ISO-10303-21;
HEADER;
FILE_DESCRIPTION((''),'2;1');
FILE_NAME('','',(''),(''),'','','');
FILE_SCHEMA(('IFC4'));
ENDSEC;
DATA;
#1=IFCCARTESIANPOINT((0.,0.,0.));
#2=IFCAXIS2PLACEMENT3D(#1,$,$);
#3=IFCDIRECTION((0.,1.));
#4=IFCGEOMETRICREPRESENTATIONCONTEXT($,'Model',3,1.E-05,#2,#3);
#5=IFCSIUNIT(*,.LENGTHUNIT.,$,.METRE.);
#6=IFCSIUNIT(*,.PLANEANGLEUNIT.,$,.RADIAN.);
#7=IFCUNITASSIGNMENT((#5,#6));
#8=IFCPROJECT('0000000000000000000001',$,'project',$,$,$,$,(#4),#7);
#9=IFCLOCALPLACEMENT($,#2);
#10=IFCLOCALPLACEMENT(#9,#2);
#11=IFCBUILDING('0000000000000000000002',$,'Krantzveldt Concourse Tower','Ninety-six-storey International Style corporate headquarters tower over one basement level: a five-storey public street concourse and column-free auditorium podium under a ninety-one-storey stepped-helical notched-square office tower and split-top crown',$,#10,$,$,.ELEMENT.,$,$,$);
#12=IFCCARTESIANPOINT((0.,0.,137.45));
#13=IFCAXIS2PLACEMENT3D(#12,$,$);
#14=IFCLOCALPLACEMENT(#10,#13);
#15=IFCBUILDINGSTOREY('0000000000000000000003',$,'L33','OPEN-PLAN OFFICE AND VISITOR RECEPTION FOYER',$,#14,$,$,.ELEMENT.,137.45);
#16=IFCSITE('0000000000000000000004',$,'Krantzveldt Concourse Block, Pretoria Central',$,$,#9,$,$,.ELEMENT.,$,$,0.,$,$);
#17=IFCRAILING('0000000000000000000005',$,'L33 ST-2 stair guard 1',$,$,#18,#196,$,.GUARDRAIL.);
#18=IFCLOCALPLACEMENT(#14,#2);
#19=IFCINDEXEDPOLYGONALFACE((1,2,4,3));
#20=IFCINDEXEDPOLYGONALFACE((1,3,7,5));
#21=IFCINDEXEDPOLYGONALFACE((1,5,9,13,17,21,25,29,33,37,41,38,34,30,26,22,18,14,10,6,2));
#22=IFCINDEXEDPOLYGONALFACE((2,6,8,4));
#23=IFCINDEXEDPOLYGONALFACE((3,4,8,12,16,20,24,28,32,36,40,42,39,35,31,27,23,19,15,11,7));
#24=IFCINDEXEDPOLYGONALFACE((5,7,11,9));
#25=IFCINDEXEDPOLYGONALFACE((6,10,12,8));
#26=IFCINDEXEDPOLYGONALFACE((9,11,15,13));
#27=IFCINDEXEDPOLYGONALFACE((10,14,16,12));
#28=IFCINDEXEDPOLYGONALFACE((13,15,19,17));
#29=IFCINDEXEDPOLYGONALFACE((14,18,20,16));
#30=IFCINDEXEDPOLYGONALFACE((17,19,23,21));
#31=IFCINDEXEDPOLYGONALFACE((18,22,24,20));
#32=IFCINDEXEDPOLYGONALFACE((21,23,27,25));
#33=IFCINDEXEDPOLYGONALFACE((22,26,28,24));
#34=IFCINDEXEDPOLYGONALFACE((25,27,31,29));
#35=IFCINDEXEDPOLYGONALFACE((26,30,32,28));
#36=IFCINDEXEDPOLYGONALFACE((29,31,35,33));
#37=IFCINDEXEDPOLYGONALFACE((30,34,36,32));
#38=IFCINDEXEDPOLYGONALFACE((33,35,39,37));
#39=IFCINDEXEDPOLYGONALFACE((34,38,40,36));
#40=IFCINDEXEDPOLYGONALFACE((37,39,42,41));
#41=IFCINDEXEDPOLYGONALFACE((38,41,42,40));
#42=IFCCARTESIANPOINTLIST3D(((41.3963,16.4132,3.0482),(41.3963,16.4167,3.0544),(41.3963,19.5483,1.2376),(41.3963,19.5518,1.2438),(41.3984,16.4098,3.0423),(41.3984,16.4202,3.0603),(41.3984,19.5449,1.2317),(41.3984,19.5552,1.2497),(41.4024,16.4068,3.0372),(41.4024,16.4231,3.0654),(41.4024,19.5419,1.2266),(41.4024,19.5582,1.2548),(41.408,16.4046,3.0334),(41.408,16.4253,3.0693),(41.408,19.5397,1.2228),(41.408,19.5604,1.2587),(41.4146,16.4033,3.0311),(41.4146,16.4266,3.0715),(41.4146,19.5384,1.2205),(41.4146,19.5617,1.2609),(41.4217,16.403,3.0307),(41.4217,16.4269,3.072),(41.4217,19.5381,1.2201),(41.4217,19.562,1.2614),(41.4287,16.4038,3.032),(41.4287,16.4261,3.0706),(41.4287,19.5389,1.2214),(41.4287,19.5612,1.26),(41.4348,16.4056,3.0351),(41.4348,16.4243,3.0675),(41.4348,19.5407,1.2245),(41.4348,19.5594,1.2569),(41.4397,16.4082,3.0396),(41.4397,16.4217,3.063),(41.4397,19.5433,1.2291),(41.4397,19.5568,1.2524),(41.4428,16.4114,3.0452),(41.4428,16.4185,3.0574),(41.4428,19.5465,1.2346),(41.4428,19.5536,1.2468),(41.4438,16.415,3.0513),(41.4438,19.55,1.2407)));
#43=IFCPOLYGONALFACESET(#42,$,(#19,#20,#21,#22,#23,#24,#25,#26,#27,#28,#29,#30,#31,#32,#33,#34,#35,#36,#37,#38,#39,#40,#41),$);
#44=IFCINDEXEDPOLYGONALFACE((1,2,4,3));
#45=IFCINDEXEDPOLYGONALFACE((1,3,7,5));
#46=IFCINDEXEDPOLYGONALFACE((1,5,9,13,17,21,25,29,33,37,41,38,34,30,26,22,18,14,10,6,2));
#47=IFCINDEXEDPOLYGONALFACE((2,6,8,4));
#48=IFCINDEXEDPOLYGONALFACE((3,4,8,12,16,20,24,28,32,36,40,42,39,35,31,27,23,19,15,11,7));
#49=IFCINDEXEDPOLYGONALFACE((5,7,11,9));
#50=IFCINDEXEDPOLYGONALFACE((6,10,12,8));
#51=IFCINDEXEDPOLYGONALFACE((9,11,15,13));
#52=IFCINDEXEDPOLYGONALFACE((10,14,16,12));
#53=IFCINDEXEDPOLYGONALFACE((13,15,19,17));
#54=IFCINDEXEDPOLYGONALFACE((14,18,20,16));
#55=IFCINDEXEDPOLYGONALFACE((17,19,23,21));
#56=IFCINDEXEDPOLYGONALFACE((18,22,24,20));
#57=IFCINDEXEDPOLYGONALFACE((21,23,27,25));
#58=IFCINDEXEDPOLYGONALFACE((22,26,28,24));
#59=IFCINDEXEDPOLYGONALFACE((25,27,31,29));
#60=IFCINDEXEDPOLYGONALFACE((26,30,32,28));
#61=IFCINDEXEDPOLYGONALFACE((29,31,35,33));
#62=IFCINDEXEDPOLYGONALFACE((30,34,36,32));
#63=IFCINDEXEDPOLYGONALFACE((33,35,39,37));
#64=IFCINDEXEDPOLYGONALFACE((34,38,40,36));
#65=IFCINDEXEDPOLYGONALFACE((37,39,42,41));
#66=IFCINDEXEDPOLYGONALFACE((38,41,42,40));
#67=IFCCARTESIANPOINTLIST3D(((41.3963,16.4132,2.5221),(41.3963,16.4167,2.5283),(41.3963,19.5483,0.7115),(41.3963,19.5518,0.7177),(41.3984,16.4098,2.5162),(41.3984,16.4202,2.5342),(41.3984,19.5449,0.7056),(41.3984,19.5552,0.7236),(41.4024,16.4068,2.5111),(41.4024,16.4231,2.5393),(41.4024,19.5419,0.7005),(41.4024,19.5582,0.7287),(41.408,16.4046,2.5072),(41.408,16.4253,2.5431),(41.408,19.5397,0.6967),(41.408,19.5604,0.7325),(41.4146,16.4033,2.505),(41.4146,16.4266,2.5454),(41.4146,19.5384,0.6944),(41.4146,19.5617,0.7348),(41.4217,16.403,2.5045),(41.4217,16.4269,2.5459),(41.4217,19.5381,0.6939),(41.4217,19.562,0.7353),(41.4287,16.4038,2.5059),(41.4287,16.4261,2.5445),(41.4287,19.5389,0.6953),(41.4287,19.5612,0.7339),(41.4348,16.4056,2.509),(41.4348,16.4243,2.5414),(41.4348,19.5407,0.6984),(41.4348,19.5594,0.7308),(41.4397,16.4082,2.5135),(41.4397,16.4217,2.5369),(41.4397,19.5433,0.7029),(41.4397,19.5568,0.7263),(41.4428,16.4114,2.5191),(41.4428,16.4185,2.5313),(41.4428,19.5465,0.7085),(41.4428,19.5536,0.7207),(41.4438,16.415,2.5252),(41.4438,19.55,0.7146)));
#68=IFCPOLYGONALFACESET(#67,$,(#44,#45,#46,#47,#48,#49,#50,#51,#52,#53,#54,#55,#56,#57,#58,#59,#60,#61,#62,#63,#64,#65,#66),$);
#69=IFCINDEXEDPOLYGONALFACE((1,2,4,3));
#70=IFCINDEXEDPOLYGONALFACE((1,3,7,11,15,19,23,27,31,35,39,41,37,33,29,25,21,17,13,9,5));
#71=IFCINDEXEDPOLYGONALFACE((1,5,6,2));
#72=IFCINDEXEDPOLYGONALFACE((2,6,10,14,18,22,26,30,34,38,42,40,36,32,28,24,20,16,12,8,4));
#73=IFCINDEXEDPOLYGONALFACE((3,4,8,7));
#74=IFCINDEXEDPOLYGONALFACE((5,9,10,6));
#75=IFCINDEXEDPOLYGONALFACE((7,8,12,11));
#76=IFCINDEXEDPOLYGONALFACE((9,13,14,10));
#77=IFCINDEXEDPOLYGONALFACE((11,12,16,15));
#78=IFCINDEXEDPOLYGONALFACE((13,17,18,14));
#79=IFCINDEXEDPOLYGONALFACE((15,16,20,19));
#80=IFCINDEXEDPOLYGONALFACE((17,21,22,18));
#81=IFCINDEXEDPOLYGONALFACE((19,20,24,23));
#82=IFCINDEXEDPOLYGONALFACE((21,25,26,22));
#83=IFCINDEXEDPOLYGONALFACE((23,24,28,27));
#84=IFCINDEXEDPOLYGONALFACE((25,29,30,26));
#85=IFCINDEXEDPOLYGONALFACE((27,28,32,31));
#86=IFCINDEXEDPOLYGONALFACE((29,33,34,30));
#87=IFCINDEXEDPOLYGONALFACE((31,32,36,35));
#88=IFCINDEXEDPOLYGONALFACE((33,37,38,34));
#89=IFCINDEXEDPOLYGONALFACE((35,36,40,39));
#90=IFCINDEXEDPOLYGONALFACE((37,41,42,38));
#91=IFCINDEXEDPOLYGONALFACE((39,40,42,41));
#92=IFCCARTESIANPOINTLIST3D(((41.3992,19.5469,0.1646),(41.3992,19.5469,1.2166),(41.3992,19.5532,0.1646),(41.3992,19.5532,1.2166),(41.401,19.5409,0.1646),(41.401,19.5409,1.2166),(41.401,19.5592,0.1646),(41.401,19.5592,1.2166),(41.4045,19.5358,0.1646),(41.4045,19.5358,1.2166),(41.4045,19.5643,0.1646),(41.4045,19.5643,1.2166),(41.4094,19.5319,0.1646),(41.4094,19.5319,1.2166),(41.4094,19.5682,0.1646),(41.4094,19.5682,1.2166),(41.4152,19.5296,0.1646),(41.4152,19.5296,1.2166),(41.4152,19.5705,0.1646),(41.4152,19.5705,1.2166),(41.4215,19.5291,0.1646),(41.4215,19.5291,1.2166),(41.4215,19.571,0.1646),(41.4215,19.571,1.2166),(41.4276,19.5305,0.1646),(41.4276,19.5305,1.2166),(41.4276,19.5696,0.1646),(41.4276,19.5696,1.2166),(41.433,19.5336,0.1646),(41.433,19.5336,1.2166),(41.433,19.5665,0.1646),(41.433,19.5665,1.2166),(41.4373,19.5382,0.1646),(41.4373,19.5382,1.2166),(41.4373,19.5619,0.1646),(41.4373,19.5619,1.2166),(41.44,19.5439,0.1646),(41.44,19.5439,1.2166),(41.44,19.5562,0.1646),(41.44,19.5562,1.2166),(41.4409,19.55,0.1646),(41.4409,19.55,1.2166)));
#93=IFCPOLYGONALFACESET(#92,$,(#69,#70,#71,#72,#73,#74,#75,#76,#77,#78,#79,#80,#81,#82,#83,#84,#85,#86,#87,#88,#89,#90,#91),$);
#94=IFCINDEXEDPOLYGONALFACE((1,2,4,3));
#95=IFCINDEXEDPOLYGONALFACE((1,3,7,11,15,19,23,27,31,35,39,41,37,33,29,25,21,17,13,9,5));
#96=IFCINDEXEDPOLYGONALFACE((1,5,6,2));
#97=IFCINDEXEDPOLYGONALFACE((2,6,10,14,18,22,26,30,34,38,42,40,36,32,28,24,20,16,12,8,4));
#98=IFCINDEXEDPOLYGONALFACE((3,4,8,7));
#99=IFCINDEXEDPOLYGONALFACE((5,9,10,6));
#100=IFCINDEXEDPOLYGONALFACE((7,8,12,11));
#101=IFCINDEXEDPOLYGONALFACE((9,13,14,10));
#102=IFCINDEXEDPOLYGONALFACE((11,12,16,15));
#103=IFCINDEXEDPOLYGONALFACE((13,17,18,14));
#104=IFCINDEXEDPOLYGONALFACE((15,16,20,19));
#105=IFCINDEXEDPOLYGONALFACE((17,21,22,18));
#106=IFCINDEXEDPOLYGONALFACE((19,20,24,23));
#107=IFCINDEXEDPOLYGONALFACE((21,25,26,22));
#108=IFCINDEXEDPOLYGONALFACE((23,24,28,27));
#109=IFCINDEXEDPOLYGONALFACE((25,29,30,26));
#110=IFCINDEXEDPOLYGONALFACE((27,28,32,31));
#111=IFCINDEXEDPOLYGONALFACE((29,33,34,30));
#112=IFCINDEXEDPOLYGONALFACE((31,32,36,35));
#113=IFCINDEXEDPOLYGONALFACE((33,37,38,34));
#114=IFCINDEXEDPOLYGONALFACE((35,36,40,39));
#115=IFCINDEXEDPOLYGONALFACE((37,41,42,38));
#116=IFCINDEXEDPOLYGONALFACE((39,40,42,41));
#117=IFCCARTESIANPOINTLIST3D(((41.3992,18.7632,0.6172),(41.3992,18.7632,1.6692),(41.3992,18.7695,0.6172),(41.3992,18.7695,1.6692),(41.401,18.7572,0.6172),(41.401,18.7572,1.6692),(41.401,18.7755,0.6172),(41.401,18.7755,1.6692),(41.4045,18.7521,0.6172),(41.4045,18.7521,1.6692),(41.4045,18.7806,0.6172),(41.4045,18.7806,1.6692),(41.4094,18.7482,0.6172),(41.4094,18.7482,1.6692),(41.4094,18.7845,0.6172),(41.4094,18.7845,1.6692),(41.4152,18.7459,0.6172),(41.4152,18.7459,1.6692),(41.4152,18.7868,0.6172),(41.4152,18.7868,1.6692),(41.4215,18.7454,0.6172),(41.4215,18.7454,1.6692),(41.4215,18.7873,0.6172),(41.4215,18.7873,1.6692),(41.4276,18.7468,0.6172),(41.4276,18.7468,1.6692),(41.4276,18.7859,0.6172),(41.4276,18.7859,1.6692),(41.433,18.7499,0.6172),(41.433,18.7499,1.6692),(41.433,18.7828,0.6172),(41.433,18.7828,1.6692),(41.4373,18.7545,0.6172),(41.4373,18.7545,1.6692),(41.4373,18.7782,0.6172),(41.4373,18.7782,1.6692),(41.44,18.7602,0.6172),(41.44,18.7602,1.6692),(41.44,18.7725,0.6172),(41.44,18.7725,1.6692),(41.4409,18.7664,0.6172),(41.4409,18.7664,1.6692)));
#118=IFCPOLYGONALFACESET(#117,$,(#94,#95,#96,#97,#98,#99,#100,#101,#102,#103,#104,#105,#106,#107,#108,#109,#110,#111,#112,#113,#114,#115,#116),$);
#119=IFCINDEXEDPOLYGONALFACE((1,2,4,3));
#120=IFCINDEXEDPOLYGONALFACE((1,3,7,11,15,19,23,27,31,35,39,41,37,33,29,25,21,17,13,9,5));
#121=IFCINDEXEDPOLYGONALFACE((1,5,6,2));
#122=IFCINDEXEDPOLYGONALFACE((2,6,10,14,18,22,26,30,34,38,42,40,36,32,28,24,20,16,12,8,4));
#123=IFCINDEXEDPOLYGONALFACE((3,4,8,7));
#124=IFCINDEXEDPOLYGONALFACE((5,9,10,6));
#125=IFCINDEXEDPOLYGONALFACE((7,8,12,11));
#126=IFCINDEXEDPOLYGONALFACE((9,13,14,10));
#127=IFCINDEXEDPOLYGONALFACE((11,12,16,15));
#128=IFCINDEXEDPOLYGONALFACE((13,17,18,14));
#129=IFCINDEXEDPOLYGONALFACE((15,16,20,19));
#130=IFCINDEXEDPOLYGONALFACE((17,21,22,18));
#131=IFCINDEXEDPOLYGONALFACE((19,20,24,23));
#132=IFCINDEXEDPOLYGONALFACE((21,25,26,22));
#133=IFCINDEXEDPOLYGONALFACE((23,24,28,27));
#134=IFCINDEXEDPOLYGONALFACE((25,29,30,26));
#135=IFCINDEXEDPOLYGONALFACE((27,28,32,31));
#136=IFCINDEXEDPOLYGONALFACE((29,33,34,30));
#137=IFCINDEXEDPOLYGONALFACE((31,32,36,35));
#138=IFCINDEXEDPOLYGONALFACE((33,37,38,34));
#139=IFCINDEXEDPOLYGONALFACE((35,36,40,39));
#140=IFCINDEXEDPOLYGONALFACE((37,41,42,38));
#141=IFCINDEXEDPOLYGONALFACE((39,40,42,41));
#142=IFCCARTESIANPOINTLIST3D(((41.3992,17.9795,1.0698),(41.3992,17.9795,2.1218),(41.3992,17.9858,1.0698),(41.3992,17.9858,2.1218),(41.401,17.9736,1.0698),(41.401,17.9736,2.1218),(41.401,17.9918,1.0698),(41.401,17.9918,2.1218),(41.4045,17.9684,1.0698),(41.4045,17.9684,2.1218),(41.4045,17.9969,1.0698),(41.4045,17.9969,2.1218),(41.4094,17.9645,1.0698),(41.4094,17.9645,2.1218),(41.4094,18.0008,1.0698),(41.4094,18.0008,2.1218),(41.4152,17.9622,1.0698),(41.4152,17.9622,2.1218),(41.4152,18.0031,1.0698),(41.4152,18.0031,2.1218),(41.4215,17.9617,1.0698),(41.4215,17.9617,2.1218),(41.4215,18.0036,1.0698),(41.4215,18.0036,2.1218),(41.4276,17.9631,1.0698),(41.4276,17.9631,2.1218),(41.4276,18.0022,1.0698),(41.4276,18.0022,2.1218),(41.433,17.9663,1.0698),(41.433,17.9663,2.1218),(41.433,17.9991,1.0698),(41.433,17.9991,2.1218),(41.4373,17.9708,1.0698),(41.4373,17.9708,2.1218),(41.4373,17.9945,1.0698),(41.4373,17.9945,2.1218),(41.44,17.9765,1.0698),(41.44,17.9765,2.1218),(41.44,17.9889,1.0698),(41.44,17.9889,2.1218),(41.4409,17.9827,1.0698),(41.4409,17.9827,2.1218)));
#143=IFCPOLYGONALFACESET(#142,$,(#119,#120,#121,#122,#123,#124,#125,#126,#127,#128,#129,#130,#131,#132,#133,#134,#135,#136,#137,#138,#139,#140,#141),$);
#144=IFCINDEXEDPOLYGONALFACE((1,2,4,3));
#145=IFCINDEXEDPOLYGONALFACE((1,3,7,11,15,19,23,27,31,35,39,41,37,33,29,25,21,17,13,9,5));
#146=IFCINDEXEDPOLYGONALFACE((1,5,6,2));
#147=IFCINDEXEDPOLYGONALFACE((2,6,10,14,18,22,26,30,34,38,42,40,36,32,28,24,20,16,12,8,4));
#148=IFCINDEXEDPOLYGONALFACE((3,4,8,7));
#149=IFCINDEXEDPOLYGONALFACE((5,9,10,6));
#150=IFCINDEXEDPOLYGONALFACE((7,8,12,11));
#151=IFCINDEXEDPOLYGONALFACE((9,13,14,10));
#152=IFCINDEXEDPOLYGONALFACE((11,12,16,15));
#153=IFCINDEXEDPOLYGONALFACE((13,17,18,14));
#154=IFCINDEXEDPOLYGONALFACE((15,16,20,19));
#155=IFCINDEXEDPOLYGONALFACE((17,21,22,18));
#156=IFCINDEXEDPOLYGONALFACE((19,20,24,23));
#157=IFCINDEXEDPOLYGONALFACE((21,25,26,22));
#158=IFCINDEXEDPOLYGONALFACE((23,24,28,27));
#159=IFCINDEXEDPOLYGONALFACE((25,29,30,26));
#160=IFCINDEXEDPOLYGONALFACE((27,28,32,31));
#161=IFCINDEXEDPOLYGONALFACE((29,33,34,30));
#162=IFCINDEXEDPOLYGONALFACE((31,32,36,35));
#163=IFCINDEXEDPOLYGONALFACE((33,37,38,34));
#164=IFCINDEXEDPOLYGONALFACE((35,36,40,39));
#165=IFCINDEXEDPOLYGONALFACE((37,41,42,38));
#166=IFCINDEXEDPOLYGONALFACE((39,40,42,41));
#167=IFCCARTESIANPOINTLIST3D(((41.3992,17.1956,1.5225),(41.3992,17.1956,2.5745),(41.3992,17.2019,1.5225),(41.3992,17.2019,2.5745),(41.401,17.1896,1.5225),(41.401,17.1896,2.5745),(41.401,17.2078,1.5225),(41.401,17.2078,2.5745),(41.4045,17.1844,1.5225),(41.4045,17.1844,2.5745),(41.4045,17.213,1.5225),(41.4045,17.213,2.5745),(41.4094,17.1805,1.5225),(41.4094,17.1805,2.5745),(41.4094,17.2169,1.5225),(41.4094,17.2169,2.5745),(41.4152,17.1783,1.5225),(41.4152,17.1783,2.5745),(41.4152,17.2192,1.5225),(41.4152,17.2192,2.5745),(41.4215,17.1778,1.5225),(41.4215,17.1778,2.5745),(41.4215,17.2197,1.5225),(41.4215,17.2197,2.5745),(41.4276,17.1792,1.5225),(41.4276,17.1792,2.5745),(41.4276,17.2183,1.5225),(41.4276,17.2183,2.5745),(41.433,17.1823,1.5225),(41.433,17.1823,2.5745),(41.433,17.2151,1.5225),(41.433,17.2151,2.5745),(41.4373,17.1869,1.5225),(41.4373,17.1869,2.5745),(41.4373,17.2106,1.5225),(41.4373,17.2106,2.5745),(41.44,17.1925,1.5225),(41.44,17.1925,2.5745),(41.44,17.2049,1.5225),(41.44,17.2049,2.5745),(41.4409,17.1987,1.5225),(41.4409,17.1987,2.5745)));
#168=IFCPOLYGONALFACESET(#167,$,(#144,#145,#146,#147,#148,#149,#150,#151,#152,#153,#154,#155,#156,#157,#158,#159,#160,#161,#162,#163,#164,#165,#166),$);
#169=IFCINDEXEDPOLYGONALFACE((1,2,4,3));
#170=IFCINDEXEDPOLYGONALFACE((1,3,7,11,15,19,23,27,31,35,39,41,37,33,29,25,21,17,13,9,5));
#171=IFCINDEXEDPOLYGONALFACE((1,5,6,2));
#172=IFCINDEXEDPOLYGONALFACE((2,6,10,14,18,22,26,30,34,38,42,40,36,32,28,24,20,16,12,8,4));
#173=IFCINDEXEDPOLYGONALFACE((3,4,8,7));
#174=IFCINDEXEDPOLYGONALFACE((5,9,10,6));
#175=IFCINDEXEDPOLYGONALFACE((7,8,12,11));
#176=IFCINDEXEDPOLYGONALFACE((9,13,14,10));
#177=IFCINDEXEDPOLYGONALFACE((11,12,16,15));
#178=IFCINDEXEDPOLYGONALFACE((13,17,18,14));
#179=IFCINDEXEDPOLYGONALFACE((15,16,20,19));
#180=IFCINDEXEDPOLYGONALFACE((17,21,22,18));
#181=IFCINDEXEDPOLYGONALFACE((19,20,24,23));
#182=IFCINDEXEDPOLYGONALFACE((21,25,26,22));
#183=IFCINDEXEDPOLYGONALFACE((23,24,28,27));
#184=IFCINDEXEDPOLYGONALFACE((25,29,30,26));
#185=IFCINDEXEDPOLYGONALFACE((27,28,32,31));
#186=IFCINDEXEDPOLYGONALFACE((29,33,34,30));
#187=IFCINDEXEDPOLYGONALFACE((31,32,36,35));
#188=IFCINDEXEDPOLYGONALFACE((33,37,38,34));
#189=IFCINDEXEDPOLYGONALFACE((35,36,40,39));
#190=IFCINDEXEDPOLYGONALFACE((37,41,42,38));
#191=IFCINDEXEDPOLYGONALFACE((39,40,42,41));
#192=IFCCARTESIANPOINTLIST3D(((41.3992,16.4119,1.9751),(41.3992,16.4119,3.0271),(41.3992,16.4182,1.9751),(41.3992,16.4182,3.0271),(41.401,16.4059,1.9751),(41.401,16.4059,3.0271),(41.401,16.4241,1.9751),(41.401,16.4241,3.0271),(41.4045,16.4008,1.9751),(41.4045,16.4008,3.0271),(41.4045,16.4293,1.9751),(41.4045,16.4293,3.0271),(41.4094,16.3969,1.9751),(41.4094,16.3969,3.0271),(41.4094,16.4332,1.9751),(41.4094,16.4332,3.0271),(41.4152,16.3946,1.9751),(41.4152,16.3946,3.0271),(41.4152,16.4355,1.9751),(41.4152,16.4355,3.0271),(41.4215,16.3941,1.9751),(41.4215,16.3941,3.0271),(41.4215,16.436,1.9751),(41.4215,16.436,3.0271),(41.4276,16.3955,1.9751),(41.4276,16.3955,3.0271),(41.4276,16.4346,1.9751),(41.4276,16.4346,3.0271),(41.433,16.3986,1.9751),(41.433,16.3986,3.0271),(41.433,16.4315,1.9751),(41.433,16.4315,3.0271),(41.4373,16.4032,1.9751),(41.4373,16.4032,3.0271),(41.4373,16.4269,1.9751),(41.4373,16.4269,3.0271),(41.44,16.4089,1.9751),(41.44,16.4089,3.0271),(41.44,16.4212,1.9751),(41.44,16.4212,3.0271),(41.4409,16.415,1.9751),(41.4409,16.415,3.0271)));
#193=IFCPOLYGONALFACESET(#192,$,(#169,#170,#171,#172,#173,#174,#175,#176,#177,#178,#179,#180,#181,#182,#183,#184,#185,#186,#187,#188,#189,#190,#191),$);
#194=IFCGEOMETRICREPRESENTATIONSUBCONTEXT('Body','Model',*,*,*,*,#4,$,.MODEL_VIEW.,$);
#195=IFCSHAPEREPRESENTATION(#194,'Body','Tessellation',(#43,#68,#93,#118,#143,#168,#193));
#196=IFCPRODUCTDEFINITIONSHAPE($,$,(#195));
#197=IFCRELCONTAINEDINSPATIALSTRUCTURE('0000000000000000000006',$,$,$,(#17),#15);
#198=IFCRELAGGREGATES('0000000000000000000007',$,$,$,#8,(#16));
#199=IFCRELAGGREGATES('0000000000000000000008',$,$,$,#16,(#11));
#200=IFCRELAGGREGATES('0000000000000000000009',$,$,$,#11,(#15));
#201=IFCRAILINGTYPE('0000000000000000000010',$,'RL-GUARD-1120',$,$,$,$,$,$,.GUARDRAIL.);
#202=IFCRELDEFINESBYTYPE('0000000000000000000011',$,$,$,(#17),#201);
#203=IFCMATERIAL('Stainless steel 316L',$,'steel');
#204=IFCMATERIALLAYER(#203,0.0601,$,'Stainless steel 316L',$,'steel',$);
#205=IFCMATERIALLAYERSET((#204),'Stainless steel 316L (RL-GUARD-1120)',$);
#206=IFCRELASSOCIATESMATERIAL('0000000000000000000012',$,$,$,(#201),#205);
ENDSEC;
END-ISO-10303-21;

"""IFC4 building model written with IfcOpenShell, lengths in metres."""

from ifc_helpers import new_model, si_unit, direction, frame, origin, origin_2d, place, context, subcontext, project, spatial, circle, extrude, material, layer, layer_set, type_object, element, save


model = new_model("IFC4")

# Units and contexts
model_context = context("Model", 3, precision=1e-05, world=origin(), true_north=direction((0.0, 1.0)))
body_context = subcontext(model_context, "Body", "Model", "MODEL_VIEW")
ifc_project = project(units=[si_unit("LENGTHUNIT", "METRE"), si_unit("PLANEANGLEUNIT", "RADIAN")], contexts=[model_context])

# Site, building, storey
site_placement = place(None, origin())
site = spatial("IfcSite", under=ifc_project, at=site_placement, Name="Krantzveldt Concourse Block, Pretoria Central", CompositionType="ELEMENT", RefElevation=0.0)
building_placement = place(site_placement, origin())
building = spatial("IfcBuilding", under=site, at=building_placement, Name="Krantzveldt Concourse Tower", Description="Ninety-six-storey International Style corporate headquarters tower over one basement level: a five-storey public street concourse and column-free auditorium podium under a ninety-one-storey stepped-helical notched-square office tower and split-top crown", CompositionType="ELEMENT")
storey_placement = place(building_placement, frame((0.0, 0.0, 137.45)))
storey = spatial("IfcBuildingStorey", under=building, at=storey_placement, Name="L33", Description="OPEN-PLAN OFFICE AND VISITOR RECEPTION FOYER", CompositionType="ELEMENT", Elevation=137.45)

# Shared definitions
ifc_material_1 = material(Name="Stainless steel 316L", Category="steel")

# Railing
ifc_layer_1 = layer(ifc_material_1, 0.0601, Name="Stainless steel 316L", Category="steel")
ifc_layer_set_1 = layer_set([ifc_layer_1], Name="Stainless steel 316L (RL-GUARD-1120)")
railing_type_1 = type_object("IfcRailingType", Name="RL-GUARD-1120", PredefinedType="GUARDRAIL", material=ifc_layer_set_1)
railing_1_placement = place(storey_placement, frame((41.4199, 19.55, 0.1646)))
element("IfcRailing", 1, at=railing_1_placement, inside=storey, type_object=railing_type_1, Name="L33 ST-2 stair guard 1", PredefinedType="GUARDRAIL", context=body_context, shape_type="SweptSolid", body=[
    extrude(circle(Radius=0.0239, at=origin_2d()), frame((0.0, 0.0, 1.0762), z_axis=(0.0, -0.86596, 0.500114), x_axis=(1.0, 0.0, 0.0)), (0.0, 0.0, 1.0), 3.6204),
    extrude(circle(Radius=0.0239, at=origin_2d()), frame((0.0, 0.0, 0.55), z_axis=(0.0, -0.86596, 0.500114), x_axis=(1.0, 0.0, 0.0)), (0.0, 0.0, 1.0), 3.6204),
    extrude(circle(Radius=0.021, at=origin_2d()), origin(), (0.0, 0.0, 1.0), 1.052),
    extrude(circle(Radius=0.021, at=origin_2d()), frame((0.0, -0.7837, 0.4526)), (0.0, 0.0, 1.0), 1.052),
    extrude(circle(Radius=0.021, at=origin_2d()), frame((0.0, -1.5674, 0.9053)), (0.0, 0.0, 1.0), 1.052),
    extrude(circle(Radius=0.021, at=origin_2d()), frame((0.0, -2.3513, 1.3579)), (0.0, 0.0, 1.0), 1.052),
    extrude(circle(Radius=0.021, at=origin_2d()), frame((0.0, -3.135, 1.8105)), (0.0, 0.0, 1.0), 1.052),
])

save(model, "model.ifc")
